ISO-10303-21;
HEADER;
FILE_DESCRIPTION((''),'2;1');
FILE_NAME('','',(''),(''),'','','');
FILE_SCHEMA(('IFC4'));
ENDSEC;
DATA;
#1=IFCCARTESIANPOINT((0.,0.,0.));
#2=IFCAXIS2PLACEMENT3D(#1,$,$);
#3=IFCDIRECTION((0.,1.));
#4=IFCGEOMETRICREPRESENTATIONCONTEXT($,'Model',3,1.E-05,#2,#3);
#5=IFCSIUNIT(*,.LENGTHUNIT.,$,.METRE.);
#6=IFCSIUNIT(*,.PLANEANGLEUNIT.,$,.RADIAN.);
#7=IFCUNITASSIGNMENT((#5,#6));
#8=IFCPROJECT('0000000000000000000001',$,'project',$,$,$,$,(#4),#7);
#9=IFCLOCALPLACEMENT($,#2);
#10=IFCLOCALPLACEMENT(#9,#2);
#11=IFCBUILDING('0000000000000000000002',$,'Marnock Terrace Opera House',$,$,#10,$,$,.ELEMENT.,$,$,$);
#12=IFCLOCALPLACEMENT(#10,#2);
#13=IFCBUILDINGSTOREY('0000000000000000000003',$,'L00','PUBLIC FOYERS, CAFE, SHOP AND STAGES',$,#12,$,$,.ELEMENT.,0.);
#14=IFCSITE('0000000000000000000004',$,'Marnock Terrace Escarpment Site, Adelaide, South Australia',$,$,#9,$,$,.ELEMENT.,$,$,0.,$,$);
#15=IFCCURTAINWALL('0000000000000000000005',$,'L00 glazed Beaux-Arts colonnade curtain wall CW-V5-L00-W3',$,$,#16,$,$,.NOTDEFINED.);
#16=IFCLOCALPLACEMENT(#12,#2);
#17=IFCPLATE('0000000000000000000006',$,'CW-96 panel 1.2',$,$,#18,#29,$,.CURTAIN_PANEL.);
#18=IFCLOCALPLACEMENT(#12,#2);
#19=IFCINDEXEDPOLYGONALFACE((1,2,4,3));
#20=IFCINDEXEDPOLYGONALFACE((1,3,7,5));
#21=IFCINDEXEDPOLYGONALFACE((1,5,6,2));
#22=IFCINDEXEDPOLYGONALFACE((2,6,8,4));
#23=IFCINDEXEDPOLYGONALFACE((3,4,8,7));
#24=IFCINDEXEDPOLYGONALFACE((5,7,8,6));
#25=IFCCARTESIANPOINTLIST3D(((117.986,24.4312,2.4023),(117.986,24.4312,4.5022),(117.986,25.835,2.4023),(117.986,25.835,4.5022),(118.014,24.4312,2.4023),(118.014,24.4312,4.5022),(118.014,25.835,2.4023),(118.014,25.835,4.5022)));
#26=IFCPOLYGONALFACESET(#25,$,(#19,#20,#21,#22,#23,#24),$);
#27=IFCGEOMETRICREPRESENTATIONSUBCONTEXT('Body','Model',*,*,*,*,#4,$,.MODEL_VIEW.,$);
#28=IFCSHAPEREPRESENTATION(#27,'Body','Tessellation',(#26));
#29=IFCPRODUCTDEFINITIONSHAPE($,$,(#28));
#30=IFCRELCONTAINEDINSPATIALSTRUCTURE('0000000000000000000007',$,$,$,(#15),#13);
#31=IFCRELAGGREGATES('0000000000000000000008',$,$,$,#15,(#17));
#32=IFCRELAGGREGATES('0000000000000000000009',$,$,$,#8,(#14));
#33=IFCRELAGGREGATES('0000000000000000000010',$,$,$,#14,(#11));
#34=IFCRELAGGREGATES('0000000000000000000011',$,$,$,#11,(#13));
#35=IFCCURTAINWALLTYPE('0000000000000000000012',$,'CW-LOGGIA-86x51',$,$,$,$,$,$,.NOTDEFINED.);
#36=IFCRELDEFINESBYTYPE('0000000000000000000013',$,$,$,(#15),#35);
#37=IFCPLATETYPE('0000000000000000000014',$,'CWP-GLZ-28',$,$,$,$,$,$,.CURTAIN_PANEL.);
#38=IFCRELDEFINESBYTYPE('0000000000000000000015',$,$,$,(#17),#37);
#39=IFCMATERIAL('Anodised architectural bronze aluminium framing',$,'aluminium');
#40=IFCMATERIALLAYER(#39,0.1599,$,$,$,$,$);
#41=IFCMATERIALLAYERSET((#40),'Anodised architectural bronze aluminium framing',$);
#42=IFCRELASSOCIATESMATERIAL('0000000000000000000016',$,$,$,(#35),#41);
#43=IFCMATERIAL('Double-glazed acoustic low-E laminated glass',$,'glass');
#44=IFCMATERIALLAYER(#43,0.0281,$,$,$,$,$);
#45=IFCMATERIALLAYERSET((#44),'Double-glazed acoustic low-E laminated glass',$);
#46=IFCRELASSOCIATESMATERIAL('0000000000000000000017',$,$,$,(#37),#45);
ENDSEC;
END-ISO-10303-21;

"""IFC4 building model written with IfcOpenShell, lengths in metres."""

from ifc_helpers import new_model, si_unit, direction, frame, origin, origin_2d, place, context, subcontext, project, spatial, rectangle, extrude, material, layer, layer_set, type_object, element, aggregate, save


model = new_model("IFC4")

# Units and contexts
model_context = context("Model", 3, precision=1e-05, world=origin(), true_north=direction((0.0, 1.0)))
body_context = subcontext(model_context, "Body", "Model", "MODEL_VIEW")
ifc_project = project(units=[si_unit("LENGTHUNIT", "METRE"), si_unit("PLANEANGLEUNIT", "RADIAN")], contexts=[model_context])

# Site, building, storey
site_placement = place(None, origin())
site = spatial("IfcSite", under=ifc_project, at=site_placement, Name="Marnock Terrace Escarpment Site, Adelaide, South Australia", CompositionType="ELEMENT", RefElevation=0.0)
building_placement = place(site_placement, origin())
building = spatial("IfcBuilding", under=site, at=building_placement, Name="Marnock Terrace Opera House", CompositionType="ELEMENT")
storey_placement = place(building_placement, origin())
storey = spatial("IfcBuildingStorey", under=building, at=storey_placement, Name="L00", Description="PUBLIC FOYERS, CAFE, SHOP AND STAGES", CompositionType="ELEMENT", Elevation=0.0)

# Shared definitions
ifc_material_1 = material(Name="Anodised architectural bronze aluminium framing", Category="aluminium")
ifc_layer_1 = layer(ifc_material_1, 0.1599)
ifc_layer_set_1 = layer_set([ifc_layer_1], Name="Anodised architectural bronze aluminium framing")
curtain_wall_type = type_object("IfcCurtainWallType", Name="CW-LOGGIA-86x51", PredefinedType="NOTDEFINED", material=ifc_layer_set_1)

# Curtain wall, plate
curtain_wall_1_placement = place(storey_placement, origin())
curtain_wall_1 = element("IfcCurtainWall", 1, at=curtain_wall_1_placement, inside=storey, type_object=curtain_wall_type, Name="L00 glazed Beaux-Arts colonnade curtain wall CW-V5-L00-W3", PredefinedType="NOTDEFINED")
ifc_material_2 = material(Name="Double-glazed acoustic low-E laminated glass", Category="glass")
ifc_layer_2 = layer(ifc_material_2, 0.0281)
ifc_layer_set_2 = layer_set([ifc_layer_2], Name="Double-glazed acoustic low-E laminated glass")
plate_type = type_object("IfcPlateType", Name="CWP-GLZ-28", PredefinedType="CURTAIN_PANEL", material=ifc_layer_set_2)
plate_1_placement = place(storey_placement, frame((118.0, 25.1331, 2.4023), z_axis=(0.0, 0.0, 1.0), x_axis=(0.0, 1.0, 0.0)))
plate_1 = element("IfcPlate", 2, at=plate_1_placement, type_object=plate_type, Name="CW-96 panel 1.2", PredefinedType="CURTAIN_PANEL", context=body_context, shape_type="SweptSolid", body=[
    extrude(rectangle(XDim=1.4038, YDim=0.0281, at=origin_2d()), origin(), (0.0, 0.0, 1.0), 2.0999),
])
aggregate(curtain_wall_1, [plate_1])

save(model, "model.ifc")
